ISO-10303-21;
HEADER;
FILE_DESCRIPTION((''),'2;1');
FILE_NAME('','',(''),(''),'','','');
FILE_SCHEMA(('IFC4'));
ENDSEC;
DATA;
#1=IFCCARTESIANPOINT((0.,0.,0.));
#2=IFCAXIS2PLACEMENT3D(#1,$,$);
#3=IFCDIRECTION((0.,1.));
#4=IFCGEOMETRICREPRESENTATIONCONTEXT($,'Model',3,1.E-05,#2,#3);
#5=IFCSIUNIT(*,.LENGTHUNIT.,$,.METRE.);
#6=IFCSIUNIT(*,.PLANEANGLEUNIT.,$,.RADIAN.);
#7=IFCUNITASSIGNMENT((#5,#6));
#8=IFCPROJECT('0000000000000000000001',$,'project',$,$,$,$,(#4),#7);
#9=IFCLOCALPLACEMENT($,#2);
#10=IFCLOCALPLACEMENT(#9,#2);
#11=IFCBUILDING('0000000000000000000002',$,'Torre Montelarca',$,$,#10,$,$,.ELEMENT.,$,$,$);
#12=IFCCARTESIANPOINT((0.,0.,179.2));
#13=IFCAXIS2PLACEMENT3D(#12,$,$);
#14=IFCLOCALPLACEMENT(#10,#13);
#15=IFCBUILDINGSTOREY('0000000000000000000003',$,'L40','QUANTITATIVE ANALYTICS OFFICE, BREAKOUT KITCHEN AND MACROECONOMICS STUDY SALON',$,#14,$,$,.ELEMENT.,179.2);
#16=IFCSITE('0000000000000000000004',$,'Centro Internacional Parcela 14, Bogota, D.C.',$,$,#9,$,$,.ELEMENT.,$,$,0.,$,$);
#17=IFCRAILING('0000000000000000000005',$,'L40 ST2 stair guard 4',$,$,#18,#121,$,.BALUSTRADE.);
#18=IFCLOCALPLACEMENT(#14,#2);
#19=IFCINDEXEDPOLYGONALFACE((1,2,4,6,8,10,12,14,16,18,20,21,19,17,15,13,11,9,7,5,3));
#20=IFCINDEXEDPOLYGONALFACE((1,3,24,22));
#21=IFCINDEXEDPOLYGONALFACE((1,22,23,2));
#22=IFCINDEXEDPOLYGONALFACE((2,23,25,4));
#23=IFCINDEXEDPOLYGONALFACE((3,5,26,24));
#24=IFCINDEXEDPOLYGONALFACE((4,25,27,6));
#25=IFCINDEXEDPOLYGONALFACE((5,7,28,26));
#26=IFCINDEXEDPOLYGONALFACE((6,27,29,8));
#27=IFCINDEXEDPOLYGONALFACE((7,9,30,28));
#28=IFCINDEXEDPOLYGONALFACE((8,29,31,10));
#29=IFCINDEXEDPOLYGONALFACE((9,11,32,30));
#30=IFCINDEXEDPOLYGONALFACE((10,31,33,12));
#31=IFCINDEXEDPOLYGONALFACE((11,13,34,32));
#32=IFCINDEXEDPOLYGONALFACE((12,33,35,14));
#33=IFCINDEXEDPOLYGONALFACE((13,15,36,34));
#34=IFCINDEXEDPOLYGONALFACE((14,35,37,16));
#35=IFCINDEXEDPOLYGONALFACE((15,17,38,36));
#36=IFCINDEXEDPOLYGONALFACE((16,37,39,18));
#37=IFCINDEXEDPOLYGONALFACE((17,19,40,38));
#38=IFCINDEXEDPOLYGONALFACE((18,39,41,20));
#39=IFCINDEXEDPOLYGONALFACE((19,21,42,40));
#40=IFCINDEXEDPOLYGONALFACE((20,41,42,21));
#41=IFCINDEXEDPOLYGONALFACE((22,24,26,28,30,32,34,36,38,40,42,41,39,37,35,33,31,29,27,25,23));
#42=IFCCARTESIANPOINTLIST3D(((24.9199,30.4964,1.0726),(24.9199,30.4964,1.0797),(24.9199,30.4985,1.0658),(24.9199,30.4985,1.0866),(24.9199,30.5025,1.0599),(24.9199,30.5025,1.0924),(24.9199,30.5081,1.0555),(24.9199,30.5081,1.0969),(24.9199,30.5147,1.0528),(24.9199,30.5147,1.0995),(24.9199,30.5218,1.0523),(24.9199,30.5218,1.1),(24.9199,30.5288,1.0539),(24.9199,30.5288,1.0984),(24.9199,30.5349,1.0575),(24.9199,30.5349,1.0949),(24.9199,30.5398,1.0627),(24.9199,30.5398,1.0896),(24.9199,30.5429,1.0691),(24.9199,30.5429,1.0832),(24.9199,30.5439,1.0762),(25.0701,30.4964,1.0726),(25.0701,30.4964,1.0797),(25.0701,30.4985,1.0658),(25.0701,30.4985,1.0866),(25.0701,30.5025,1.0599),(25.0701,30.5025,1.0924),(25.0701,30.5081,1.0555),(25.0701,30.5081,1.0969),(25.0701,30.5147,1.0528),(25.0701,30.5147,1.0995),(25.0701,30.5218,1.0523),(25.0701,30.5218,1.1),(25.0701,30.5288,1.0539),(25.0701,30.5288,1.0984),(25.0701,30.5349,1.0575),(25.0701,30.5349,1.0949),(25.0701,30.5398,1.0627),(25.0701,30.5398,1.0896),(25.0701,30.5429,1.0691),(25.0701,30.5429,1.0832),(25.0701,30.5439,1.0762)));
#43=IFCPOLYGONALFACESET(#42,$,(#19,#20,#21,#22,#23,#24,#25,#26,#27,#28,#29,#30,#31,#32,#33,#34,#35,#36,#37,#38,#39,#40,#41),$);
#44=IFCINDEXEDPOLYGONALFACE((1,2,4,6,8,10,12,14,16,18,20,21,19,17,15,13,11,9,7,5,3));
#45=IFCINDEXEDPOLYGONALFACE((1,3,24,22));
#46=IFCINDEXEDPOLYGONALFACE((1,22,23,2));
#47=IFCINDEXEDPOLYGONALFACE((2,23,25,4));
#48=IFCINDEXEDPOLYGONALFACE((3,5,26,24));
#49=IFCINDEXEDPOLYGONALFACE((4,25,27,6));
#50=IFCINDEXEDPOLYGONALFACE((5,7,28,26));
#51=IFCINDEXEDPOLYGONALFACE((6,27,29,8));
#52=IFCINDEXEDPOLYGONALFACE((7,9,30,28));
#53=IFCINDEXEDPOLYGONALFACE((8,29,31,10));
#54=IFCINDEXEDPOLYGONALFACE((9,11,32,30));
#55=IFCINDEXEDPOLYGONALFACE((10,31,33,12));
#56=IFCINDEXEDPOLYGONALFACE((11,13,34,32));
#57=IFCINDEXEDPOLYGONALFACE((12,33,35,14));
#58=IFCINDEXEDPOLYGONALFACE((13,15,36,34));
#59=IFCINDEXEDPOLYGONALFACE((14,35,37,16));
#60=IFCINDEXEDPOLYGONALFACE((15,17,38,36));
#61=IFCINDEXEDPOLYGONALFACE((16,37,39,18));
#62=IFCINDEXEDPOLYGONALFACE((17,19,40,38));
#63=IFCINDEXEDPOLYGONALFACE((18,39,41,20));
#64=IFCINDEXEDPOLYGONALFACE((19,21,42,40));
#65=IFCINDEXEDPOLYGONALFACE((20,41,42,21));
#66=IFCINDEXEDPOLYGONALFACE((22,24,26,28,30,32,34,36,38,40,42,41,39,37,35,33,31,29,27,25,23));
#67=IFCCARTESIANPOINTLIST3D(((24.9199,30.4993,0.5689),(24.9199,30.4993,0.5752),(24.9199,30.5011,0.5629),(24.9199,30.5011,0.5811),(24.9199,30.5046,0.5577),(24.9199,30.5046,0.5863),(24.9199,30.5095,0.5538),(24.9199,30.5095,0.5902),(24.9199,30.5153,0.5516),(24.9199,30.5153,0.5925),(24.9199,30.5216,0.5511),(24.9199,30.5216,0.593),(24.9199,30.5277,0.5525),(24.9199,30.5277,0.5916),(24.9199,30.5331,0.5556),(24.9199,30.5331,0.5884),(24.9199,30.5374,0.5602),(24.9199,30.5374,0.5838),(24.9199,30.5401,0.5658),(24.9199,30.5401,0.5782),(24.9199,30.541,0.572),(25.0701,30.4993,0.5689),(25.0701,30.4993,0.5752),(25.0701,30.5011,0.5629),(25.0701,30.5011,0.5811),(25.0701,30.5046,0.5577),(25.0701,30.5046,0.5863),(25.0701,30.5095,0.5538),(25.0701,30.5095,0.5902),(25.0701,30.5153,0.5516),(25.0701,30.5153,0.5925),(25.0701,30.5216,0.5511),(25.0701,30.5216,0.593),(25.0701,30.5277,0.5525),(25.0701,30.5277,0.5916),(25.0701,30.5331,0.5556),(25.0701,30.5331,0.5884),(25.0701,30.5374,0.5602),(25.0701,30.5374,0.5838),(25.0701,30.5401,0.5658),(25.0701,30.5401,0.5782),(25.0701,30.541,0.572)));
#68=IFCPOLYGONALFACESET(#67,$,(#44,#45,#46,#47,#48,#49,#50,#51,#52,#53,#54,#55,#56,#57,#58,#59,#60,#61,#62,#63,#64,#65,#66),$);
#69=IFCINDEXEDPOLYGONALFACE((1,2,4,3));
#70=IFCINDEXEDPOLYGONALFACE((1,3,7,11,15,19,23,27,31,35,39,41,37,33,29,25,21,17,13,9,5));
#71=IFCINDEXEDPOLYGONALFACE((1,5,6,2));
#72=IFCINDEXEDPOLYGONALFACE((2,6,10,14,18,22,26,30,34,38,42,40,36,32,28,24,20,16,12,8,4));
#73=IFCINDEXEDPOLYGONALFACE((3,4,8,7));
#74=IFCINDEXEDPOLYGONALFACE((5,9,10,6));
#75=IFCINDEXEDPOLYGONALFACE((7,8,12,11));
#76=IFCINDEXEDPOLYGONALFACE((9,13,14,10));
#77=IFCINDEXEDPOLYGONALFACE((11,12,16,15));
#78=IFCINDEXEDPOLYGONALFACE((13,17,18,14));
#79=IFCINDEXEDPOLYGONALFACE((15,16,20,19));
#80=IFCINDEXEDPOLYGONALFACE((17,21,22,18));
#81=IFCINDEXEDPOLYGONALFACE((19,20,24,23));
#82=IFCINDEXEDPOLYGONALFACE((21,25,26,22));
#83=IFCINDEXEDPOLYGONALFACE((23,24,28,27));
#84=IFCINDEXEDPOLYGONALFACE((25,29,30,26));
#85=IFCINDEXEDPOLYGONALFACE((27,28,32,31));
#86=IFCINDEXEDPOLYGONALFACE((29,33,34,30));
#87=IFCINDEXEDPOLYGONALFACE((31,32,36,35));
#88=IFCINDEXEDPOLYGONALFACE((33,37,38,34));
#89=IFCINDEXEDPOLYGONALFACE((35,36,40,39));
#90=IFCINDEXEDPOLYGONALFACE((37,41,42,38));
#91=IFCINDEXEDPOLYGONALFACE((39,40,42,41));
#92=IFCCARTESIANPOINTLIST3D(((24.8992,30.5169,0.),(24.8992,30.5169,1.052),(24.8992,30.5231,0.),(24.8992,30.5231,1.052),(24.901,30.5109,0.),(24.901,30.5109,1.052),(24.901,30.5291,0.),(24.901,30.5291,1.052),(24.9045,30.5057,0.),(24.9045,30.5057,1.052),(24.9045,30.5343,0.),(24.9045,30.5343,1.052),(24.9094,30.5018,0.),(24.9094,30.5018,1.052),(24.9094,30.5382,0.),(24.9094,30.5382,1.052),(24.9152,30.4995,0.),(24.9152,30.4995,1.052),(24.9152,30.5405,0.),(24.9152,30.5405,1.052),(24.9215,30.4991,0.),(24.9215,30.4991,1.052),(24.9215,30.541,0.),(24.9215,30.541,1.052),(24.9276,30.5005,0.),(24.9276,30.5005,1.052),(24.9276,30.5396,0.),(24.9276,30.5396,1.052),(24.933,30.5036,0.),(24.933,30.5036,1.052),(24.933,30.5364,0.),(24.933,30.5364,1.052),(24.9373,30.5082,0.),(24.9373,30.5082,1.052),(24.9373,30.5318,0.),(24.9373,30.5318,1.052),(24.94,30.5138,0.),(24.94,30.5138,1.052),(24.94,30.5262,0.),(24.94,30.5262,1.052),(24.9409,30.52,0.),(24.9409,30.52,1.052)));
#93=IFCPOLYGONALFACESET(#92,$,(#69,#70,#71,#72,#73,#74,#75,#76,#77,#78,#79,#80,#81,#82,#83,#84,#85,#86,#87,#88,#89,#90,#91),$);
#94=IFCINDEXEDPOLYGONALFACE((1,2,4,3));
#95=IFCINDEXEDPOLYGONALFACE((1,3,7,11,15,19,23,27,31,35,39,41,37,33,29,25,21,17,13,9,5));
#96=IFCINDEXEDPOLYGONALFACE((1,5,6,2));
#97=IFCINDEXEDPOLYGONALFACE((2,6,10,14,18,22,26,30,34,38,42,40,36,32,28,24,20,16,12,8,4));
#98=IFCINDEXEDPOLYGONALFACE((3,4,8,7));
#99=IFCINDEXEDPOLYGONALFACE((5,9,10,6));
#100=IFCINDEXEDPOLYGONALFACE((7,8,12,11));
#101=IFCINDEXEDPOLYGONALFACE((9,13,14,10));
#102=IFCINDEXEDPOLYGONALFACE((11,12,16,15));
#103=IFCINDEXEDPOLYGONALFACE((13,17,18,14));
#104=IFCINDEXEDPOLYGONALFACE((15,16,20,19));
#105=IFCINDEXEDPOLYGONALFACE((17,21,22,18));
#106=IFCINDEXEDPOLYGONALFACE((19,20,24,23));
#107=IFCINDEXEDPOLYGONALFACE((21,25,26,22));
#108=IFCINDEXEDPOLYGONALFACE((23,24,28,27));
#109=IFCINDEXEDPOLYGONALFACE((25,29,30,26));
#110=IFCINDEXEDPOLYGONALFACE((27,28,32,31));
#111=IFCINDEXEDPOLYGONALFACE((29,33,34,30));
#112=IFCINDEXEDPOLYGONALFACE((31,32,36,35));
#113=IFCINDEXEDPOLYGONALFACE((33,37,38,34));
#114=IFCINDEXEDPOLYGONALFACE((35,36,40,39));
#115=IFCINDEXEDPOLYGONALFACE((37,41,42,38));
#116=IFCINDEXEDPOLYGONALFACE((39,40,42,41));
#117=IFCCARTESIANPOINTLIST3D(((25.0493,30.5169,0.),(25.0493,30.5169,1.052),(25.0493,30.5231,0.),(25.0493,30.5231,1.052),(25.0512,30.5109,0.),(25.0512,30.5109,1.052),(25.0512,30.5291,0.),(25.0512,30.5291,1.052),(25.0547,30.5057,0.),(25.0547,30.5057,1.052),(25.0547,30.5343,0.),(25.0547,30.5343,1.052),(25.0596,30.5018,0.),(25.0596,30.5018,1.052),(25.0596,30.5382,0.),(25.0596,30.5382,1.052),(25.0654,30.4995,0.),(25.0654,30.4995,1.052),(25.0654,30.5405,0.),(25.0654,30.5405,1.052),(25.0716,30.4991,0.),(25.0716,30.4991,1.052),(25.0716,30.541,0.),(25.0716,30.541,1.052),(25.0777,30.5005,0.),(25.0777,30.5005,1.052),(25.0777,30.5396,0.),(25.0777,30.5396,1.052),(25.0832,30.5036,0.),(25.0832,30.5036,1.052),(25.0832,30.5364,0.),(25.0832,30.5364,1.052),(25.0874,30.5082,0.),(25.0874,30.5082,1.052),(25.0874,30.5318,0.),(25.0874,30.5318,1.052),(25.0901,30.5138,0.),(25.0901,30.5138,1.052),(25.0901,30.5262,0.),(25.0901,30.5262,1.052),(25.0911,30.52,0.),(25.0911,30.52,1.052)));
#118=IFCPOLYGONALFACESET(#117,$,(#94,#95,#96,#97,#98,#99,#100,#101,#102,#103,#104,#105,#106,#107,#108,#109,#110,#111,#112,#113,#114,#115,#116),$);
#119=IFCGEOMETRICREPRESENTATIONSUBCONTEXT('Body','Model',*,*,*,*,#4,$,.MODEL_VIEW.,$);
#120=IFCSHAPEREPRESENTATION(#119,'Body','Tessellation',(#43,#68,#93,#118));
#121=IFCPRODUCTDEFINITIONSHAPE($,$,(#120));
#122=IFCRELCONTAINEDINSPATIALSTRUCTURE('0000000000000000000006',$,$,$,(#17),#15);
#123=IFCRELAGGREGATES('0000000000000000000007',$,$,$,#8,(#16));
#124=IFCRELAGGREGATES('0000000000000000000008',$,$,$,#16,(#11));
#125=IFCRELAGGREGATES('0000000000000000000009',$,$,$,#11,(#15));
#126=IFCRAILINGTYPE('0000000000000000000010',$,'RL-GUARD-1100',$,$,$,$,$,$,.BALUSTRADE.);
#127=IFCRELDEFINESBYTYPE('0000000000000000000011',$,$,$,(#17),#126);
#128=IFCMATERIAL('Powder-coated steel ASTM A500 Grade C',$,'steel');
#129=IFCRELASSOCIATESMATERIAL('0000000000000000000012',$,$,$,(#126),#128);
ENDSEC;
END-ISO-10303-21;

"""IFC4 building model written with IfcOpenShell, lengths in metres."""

from ifc_helpers import new_model, si_unit, direction, frame, origin, origin_2d, place, context, subcontext, project, spatial, circle, extrude, material, type_object, element, save


model = new_model("IFC4")

# Units and contexts
model_context = context("Model", 3, precision=1e-05, world=origin(), true_north=direction((0.0, 1.0)))
body_context = subcontext(model_context, "Body", "Model", "MODEL_VIEW")
ifc_project = project(units=[si_unit("LENGTHUNIT", "METRE"), si_unit("PLANEANGLEUNIT", "RADIAN")], contexts=[model_context])

# Site, building, storey
site_placement = place(None, origin())
site = spatial("IfcSite", under=ifc_project, at=site_placement, Name="Centro Internacional Parcela 14, Bogota, D.C.", CompositionType="ELEMENT", RefElevation=0.0)
building_placement = place(site_placement, origin())
building = spatial("IfcBuilding", under=site, at=building_placement, Name="Torre Montelarca", CompositionType="ELEMENT")
storey_placement = place(building_placement, frame((0.0, 0.0, 179.2)))
storey = spatial("IfcBuildingStorey", under=building, at=storey_placement, Name="L40", Description="QUANTITATIVE ANALYTICS OFFICE, BREAKOUT KITCHEN AND MACROECONOMICS STUDY SALON", CompositionType="ELEMENT", Elevation=179.2)

# Railing
ifc_material_1 = material(Name="Powder-coated steel ASTM A500 Grade C", Category="steel")
railing_type_1 = type_object("IfcRailingType", Name="RL-GUARD-1100", PredefinedType="BALUSTRADE", material=ifc_material_1)
railing_1_placement = place(storey_placement, frame((24.9199, 30.52, 0.0)))
element("IfcRailing", 1, at=railing_1_placement, inside=storey, type_object=railing_type_1, Name="L40 ST2 stair guard 4", PredefinedType="BALUSTRADE", context=body_context, shape_type="SweptSolid", body=[
    extrude(circle(Radius=0.0239, at=origin_2d()), frame((0.0, 0.0, 1.0762), z_axis=(1.0, 0.0, 0.0), x_axis=(0.0, 1.0, 0.0)), (0.0, 0.0, 1.0), 0.1501),
    extrude(circle(Radius=0.021, at=origin_2d()), frame((0.0, 0.0, 0.572), z_axis=(1.0, 0.0, 0.0), x_axis=(0.0, 1.0, 0.0)), (0.0, 0.0, 1.0), 0.1501),
    extrude(circle(Radius=0.021, at=origin_2d()), origin(), (0.0, 0.0, 1.0), 1.052),
    extrude(circle(Radius=0.021, at=origin_2d()), frame((0.1501, 0.0, 0.0)), (0.0, 0.0, 1.0), 1.052),
])

save(model, "model.ifc")
